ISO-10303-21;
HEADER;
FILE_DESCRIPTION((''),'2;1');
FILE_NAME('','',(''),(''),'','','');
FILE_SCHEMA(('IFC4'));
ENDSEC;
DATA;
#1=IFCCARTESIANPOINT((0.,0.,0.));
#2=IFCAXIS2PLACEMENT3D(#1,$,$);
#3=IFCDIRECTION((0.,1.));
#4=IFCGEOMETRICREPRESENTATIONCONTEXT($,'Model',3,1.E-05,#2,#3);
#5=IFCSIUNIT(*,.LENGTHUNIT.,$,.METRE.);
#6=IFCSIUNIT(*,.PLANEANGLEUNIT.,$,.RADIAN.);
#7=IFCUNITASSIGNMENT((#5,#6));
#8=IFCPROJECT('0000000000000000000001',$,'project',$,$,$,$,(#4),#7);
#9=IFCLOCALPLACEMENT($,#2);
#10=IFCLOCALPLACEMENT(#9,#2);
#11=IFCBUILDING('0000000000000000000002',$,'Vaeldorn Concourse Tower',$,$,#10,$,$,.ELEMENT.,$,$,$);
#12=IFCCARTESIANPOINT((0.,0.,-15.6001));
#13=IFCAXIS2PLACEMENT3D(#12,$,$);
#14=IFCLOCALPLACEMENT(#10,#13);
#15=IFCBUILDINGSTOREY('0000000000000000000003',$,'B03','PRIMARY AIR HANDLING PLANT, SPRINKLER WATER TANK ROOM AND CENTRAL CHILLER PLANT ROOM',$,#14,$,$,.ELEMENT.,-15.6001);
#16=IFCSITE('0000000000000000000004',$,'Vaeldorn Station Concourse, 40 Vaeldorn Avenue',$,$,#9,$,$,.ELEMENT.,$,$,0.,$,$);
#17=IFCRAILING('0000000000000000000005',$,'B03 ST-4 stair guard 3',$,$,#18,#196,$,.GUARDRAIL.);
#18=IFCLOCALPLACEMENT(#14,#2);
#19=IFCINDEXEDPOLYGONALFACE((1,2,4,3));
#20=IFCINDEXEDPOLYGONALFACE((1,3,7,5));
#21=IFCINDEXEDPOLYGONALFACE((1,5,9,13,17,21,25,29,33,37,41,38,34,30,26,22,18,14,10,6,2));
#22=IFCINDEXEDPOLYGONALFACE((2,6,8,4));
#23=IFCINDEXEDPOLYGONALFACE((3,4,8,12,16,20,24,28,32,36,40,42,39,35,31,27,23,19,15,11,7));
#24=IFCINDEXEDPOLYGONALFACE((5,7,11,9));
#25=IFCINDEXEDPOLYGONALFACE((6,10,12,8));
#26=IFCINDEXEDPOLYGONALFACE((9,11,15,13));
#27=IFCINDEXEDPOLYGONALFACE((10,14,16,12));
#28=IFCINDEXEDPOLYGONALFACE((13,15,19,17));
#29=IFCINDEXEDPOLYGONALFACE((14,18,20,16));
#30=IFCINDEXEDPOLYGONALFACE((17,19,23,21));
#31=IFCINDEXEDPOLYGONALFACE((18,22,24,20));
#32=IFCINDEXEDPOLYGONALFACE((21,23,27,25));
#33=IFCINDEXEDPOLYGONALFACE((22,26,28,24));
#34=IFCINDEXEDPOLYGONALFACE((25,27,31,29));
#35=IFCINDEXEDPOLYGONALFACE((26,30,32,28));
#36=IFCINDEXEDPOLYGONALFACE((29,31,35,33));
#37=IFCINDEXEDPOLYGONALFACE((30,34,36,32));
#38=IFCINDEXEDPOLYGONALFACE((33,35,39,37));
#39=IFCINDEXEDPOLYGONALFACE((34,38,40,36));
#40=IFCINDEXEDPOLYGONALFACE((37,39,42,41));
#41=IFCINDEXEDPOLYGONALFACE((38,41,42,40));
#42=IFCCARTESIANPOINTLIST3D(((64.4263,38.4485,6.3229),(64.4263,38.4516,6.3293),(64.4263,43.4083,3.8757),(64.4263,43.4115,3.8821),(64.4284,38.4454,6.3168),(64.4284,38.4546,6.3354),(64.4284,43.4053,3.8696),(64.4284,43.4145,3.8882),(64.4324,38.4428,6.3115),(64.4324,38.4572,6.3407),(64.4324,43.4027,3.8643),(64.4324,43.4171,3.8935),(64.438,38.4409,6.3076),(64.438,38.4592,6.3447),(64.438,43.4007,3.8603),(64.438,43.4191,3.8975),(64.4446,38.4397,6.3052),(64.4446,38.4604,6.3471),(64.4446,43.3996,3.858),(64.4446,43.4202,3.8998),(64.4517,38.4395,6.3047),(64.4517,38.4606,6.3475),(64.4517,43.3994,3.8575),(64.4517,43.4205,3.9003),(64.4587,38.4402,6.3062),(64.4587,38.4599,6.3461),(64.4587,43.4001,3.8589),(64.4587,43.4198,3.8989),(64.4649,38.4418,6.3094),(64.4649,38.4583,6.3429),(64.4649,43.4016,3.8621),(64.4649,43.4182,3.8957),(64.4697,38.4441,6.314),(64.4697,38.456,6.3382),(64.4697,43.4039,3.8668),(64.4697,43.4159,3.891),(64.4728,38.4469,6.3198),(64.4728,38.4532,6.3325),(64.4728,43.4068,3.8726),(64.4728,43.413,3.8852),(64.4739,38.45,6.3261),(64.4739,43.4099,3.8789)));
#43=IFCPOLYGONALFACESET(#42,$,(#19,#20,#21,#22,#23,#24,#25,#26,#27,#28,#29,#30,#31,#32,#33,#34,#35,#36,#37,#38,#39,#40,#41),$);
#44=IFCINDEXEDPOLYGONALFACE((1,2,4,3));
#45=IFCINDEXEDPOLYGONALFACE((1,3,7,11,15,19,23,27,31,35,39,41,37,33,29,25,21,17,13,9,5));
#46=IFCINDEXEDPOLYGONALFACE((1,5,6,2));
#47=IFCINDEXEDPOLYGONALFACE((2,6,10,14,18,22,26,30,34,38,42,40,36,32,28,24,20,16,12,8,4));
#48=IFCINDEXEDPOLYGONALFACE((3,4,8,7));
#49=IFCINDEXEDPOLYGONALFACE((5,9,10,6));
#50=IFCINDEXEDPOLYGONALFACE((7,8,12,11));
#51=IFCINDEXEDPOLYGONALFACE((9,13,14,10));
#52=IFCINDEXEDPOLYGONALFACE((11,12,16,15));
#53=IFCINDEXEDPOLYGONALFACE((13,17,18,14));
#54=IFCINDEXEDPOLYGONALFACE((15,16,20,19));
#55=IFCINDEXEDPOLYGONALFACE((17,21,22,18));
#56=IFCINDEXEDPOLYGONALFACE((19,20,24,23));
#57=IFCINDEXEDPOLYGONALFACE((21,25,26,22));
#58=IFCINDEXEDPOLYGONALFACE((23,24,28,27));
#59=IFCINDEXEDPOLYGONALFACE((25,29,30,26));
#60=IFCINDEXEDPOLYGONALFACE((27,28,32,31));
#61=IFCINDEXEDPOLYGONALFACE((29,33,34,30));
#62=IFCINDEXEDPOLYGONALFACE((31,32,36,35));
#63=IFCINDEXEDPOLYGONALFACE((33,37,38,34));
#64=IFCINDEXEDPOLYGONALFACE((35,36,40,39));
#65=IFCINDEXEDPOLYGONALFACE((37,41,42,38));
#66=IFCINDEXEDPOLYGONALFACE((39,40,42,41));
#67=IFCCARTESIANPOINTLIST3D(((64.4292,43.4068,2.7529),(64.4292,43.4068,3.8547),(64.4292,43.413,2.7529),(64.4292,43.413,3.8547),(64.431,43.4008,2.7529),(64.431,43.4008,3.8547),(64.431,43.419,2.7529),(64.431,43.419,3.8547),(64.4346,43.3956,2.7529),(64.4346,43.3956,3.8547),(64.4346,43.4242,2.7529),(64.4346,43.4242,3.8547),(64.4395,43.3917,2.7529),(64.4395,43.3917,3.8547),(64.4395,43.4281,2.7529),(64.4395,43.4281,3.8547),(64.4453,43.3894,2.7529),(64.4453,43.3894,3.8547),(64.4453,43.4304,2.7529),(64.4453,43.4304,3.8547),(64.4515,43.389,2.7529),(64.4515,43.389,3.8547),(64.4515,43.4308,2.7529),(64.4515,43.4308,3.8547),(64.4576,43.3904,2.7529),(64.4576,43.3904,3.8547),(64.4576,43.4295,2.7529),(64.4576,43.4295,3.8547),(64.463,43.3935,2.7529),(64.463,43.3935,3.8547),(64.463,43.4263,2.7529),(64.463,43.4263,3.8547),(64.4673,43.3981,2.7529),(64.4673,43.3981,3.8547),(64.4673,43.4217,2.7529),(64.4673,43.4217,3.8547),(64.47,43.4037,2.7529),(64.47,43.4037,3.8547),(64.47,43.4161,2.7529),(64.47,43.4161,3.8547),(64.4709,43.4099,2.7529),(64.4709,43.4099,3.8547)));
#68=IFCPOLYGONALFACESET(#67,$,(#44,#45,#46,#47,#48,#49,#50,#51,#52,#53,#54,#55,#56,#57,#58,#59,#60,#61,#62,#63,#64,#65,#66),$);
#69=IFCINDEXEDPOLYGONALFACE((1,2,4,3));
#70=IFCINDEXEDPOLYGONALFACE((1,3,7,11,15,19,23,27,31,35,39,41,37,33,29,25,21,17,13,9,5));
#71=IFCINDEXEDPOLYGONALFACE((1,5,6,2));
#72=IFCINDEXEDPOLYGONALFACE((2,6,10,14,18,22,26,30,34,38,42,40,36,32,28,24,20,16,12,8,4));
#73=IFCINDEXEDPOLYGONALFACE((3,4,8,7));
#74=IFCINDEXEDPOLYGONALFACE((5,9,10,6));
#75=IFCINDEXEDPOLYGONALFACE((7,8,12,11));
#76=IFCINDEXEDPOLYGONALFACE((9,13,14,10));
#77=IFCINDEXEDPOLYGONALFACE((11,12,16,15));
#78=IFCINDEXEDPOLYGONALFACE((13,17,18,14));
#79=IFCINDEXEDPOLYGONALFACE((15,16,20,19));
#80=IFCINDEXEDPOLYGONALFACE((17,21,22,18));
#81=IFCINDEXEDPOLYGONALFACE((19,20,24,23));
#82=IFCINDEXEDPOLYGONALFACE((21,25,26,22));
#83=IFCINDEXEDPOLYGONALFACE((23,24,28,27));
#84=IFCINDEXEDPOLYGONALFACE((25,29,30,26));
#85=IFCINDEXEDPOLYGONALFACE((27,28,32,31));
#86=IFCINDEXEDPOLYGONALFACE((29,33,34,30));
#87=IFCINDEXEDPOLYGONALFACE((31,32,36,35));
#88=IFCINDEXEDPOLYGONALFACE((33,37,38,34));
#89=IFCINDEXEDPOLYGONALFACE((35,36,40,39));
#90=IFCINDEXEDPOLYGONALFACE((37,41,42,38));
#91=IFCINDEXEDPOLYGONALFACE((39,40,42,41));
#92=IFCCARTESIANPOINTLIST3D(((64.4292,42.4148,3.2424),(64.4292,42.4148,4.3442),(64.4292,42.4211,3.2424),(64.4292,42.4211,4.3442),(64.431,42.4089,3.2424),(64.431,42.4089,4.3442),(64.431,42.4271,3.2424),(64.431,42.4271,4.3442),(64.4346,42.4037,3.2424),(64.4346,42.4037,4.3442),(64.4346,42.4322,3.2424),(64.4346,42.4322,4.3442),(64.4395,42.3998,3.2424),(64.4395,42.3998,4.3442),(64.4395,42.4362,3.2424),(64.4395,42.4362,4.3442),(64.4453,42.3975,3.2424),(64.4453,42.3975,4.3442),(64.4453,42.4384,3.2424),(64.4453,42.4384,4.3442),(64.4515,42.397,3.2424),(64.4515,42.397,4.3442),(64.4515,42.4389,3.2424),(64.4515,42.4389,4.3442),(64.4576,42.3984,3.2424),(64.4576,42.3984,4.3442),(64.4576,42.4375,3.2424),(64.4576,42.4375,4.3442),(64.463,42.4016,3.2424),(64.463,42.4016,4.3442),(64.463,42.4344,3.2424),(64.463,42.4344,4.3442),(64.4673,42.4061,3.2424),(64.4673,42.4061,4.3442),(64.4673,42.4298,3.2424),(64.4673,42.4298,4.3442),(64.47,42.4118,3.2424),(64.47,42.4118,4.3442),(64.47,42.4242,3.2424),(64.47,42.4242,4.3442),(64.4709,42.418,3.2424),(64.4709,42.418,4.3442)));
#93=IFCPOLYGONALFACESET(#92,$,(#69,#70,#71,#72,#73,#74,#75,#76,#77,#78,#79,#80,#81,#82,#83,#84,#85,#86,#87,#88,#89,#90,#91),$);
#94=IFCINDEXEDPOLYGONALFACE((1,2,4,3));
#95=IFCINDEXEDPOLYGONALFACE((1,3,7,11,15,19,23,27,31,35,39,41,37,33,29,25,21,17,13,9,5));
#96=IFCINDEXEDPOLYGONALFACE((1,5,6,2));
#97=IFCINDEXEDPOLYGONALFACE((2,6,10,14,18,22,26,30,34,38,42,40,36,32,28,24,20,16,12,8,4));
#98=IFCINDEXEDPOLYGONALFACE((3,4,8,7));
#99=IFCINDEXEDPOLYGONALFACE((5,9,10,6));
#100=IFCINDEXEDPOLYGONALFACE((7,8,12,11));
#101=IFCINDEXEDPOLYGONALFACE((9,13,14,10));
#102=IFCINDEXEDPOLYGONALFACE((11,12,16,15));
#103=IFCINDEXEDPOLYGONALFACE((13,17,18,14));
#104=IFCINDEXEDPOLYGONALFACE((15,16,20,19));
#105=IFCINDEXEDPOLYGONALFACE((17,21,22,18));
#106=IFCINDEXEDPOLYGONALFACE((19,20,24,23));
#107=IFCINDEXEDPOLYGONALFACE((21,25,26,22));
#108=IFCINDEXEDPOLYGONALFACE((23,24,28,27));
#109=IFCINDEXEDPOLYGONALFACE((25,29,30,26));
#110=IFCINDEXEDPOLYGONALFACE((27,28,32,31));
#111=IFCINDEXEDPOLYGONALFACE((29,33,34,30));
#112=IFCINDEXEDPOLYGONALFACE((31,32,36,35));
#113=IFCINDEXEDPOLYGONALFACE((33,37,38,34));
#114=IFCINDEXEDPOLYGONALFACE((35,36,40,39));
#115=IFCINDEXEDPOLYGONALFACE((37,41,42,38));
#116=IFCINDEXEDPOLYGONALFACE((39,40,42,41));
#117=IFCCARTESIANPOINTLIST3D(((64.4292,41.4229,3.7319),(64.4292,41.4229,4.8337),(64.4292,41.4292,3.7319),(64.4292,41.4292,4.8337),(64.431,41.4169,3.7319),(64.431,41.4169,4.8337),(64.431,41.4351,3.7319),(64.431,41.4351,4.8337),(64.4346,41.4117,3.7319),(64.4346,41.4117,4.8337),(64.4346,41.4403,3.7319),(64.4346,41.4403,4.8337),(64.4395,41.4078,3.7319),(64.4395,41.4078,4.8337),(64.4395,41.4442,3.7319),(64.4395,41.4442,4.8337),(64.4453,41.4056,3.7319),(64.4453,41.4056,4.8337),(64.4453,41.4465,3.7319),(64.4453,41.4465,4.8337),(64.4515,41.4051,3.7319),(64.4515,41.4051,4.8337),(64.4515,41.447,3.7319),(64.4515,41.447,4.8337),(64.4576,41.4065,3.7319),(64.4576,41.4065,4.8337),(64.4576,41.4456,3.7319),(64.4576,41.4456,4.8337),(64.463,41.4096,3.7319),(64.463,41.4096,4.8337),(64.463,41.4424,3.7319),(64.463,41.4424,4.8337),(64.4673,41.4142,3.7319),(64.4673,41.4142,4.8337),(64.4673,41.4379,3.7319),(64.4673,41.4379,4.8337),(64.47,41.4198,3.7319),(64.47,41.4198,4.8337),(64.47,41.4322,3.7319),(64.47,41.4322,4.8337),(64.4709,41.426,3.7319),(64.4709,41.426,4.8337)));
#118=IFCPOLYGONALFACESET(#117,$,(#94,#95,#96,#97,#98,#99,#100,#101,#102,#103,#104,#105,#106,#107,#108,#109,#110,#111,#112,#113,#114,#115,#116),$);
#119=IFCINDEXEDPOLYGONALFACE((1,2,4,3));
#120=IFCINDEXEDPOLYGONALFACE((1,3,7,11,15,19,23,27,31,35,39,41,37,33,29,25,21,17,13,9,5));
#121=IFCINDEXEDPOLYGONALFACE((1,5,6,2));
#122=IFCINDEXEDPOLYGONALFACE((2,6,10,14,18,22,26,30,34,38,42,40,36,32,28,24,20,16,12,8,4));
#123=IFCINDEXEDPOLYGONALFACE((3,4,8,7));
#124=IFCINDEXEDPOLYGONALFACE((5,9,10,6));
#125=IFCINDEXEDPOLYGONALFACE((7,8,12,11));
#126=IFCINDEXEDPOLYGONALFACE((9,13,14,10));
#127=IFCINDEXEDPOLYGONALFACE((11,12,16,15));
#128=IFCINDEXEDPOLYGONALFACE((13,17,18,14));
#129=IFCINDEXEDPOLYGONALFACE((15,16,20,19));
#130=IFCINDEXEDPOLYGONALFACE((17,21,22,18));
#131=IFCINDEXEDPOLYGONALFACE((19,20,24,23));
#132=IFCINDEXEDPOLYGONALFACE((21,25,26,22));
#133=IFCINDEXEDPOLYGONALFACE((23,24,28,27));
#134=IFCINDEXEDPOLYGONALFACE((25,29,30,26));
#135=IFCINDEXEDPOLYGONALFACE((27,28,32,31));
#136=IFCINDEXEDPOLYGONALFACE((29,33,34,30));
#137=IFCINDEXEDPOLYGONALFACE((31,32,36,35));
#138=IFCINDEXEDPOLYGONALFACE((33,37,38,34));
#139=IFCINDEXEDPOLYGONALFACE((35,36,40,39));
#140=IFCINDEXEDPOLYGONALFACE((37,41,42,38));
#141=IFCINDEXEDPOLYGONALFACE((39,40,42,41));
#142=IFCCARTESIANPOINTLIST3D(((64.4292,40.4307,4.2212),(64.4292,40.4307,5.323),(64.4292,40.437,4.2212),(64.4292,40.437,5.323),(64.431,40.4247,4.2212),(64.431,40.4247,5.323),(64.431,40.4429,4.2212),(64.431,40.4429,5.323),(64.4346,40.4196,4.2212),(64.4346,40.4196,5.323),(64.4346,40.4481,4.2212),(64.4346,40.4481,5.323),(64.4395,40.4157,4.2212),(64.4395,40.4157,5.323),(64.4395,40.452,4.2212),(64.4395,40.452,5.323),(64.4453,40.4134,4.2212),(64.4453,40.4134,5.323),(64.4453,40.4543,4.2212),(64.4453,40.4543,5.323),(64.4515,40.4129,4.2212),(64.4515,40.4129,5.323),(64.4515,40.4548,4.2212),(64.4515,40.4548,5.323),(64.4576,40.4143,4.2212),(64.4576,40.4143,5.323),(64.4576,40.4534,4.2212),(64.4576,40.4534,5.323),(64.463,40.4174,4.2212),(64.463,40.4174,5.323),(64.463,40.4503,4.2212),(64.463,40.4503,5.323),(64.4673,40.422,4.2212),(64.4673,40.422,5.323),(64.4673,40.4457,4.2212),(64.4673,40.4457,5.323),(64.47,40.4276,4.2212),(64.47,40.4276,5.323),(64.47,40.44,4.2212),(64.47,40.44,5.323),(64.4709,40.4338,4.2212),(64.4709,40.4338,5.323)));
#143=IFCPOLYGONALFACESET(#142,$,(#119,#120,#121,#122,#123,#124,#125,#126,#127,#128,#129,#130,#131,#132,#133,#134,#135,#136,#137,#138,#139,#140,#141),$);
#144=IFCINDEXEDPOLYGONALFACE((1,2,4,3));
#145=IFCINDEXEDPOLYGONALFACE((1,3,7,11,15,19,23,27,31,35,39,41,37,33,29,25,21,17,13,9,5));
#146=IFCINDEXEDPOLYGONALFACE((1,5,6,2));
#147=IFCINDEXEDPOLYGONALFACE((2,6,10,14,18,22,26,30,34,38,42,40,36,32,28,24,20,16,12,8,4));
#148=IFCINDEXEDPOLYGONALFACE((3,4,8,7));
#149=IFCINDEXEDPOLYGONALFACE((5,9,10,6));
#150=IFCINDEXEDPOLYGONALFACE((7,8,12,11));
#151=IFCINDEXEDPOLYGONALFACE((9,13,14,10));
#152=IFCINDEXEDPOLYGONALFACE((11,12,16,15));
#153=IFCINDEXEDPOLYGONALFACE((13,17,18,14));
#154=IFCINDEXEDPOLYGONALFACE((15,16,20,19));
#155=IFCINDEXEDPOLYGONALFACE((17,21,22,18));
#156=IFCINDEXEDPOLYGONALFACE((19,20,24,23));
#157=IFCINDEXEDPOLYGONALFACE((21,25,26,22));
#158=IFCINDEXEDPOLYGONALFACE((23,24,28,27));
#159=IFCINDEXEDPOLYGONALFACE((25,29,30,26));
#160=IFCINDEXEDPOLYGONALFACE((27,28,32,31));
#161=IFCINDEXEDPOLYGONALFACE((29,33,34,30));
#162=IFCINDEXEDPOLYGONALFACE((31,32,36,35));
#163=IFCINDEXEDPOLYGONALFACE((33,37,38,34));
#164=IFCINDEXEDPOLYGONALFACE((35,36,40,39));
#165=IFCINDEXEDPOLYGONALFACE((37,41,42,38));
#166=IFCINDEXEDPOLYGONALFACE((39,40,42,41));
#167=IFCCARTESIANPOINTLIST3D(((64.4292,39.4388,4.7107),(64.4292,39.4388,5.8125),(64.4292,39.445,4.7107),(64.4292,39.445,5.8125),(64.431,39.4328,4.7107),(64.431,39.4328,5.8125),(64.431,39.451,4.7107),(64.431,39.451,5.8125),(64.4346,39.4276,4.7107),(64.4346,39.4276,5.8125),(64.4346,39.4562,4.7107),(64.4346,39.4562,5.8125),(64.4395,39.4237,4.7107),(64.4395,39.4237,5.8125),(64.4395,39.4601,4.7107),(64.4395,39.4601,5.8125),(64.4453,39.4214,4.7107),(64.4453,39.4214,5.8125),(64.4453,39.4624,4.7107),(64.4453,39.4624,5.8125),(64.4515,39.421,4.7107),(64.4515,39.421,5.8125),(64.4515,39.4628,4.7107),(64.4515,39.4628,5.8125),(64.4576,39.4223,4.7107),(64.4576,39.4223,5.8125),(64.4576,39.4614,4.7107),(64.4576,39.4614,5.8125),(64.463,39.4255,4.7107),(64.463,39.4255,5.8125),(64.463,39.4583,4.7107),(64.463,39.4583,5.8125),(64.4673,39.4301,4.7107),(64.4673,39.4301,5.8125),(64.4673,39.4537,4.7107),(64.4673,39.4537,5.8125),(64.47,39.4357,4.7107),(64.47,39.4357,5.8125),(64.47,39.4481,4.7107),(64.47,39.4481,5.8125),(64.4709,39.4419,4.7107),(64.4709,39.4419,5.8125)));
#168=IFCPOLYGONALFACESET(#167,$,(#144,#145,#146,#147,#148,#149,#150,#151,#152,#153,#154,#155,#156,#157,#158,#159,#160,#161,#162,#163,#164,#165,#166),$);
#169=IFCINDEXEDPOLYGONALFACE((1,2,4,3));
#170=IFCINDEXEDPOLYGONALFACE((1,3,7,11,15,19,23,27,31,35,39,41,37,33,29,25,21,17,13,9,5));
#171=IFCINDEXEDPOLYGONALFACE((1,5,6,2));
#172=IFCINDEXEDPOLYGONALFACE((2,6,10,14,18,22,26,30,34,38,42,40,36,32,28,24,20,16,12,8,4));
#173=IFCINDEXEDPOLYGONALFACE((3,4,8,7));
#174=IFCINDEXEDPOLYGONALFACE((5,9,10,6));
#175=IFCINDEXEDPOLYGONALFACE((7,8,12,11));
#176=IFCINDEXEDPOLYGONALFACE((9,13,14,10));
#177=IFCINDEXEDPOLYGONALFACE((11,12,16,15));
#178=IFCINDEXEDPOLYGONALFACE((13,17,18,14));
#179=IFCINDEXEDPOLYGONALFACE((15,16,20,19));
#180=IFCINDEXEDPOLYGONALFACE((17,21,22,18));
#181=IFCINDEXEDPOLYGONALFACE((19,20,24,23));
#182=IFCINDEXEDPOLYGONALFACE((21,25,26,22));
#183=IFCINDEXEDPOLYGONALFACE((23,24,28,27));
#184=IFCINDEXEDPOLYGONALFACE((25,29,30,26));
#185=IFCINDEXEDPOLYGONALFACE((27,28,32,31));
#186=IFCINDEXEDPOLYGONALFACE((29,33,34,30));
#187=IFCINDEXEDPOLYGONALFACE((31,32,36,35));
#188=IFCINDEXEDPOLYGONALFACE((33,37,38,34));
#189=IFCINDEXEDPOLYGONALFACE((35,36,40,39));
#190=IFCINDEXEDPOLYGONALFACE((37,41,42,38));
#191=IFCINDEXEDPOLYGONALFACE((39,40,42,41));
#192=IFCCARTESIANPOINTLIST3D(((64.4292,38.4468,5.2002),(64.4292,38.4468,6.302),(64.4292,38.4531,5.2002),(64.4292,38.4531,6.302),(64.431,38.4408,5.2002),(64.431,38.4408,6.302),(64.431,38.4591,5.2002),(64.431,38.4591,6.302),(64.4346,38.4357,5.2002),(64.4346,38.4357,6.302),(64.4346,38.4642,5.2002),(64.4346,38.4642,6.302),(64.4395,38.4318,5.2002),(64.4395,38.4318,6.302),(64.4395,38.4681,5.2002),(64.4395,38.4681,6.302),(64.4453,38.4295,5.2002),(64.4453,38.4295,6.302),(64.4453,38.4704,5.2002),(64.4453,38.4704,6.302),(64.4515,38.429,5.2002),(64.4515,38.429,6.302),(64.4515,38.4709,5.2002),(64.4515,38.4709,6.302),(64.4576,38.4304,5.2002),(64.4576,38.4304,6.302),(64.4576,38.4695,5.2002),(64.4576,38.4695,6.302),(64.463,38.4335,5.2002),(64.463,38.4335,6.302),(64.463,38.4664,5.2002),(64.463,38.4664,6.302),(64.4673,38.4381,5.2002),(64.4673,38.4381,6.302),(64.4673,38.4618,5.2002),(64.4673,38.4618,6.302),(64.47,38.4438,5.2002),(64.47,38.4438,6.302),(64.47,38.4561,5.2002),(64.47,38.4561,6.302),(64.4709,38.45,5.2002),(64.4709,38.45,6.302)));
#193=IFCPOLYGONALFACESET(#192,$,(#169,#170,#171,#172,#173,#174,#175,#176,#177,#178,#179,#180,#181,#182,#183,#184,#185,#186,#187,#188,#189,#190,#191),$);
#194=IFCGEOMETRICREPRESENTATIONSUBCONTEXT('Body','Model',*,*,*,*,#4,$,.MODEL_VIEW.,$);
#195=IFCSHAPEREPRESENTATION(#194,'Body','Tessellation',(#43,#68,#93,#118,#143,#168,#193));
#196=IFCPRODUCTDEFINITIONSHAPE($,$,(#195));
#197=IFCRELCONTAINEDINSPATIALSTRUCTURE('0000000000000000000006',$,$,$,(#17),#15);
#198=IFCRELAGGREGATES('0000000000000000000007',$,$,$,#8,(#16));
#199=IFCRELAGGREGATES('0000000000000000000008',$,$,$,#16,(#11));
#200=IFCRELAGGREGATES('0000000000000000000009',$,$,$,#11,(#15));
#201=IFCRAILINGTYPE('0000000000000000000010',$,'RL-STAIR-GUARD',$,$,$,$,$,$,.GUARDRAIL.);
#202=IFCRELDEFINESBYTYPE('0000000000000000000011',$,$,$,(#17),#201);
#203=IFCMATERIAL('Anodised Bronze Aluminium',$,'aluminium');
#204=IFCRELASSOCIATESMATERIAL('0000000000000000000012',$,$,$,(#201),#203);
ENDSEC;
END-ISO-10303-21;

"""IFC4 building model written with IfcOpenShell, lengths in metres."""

from ifc_helpers import new_model, si_unit, direction, frame, origin, origin_2d, place, context, subcontext, project, spatial, circle, extrude, material, type_object, element, save


model = new_model("IFC4")

# Units and contexts
model_context = context("Model", 3, precision=1e-05, world=origin(), true_north=direction((0.0, 1.0)))
body_context = subcontext(model_context, "Body", "Model", "MODEL_VIEW")
ifc_project = project(units=[si_unit("LENGTHUNIT", "METRE"), si_unit("PLANEANGLEUNIT", "RADIAN")], contexts=[model_context])

# Site, building, storey
site_placement = place(None, origin())
site = spatial("IfcSite", under=ifc_project, at=site_placement, Name="Vaeldorn Station Concourse, 40 Vaeldorn Avenue", CompositionType="ELEMENT", RefElevation=0.0)
building_placement = place(site_placement, origin())
building = spatial("IfcBuilding", under=site, at=building_placement, Name="Vaeldorn Concourse Tower", CompositionType="ELEMENT")
storey_placement = place(building_placement, frame((0.0, 0.0, -15.6001)))
storey = spatial("IfcBuildingStorey", under=building, at=storey_placement, Name="B03", Description="PRIMARY AIR HANDLING PLANT, SPRINKLER WATER TANK ROOM AND CENTRAL CHILLER PLANT ROOM", CompositionType="ELEMENT", Elevation=-15.6001)

# Railing
ifc_material_1 = material(Name="Anodised Bronze Aluminium", Category="aluminium")
railing_type_1 = type_object("IfcRailingType", Name="RL-STAIR-GUARD", PredefinedType="GUARDRAIL", material=ifc_material_1)
railing_1_placement = place(storey_placement, frame((64.45, 43.4099, 2.7529)))
element("IfcRailing", 1, at=railing_1_placement, inside=storey, type_object=railing_type_1, Name="B03 ST-4 stair guard 3", PredefinedType="GUARDRAIL", context=body_context, shape_type="SweptSolid", body=[
    extrude(circle(Radius=0.0239, at=origin_2d()), frame((0.0, 0.0, 1.126), z_axis=(0.0, -0.896781, 0.442475), x_axis=(1.0, 0.0, 0.0)), (0.0, 0.0, 1.0), 5.5308),
    extrude(circle(Radius=0.021, at=origin_2d()), origin(), (0.0, 0.0, 1.0), 1.1018),
    extrude(circle(Radius=0.021, at=origin_2d()), frame((0.0, -0.9919, 0.4895)), (0.0, 0.0, 1.0), 1.1018),
    extrude(circle(Radius=0.021, at=origin_2d()), frame((0.0, -1.9839, 0.979)), (0.0, 0.0, 1.0), 1.1018),
    extrude(circle(Radius=0.021, at=origin_2d()), frame((0.0, -2.9761, 1.4683)), (0.0, 0.0, 1.0), 1.1018),
    extrude(circle(Radius=0.021, at=origin_2d()), frame((0.0, -3.968, 1.9578)), (0.0, 0.0, 1.0), 1.1018),
    extrude(circle(Radius=0.021, at=origin_2d()), frame((0.0, -4.96, 2.4473)), (0.0, 0.0, 1.0), 1.1018),
])

save(model, "model.ifc")
